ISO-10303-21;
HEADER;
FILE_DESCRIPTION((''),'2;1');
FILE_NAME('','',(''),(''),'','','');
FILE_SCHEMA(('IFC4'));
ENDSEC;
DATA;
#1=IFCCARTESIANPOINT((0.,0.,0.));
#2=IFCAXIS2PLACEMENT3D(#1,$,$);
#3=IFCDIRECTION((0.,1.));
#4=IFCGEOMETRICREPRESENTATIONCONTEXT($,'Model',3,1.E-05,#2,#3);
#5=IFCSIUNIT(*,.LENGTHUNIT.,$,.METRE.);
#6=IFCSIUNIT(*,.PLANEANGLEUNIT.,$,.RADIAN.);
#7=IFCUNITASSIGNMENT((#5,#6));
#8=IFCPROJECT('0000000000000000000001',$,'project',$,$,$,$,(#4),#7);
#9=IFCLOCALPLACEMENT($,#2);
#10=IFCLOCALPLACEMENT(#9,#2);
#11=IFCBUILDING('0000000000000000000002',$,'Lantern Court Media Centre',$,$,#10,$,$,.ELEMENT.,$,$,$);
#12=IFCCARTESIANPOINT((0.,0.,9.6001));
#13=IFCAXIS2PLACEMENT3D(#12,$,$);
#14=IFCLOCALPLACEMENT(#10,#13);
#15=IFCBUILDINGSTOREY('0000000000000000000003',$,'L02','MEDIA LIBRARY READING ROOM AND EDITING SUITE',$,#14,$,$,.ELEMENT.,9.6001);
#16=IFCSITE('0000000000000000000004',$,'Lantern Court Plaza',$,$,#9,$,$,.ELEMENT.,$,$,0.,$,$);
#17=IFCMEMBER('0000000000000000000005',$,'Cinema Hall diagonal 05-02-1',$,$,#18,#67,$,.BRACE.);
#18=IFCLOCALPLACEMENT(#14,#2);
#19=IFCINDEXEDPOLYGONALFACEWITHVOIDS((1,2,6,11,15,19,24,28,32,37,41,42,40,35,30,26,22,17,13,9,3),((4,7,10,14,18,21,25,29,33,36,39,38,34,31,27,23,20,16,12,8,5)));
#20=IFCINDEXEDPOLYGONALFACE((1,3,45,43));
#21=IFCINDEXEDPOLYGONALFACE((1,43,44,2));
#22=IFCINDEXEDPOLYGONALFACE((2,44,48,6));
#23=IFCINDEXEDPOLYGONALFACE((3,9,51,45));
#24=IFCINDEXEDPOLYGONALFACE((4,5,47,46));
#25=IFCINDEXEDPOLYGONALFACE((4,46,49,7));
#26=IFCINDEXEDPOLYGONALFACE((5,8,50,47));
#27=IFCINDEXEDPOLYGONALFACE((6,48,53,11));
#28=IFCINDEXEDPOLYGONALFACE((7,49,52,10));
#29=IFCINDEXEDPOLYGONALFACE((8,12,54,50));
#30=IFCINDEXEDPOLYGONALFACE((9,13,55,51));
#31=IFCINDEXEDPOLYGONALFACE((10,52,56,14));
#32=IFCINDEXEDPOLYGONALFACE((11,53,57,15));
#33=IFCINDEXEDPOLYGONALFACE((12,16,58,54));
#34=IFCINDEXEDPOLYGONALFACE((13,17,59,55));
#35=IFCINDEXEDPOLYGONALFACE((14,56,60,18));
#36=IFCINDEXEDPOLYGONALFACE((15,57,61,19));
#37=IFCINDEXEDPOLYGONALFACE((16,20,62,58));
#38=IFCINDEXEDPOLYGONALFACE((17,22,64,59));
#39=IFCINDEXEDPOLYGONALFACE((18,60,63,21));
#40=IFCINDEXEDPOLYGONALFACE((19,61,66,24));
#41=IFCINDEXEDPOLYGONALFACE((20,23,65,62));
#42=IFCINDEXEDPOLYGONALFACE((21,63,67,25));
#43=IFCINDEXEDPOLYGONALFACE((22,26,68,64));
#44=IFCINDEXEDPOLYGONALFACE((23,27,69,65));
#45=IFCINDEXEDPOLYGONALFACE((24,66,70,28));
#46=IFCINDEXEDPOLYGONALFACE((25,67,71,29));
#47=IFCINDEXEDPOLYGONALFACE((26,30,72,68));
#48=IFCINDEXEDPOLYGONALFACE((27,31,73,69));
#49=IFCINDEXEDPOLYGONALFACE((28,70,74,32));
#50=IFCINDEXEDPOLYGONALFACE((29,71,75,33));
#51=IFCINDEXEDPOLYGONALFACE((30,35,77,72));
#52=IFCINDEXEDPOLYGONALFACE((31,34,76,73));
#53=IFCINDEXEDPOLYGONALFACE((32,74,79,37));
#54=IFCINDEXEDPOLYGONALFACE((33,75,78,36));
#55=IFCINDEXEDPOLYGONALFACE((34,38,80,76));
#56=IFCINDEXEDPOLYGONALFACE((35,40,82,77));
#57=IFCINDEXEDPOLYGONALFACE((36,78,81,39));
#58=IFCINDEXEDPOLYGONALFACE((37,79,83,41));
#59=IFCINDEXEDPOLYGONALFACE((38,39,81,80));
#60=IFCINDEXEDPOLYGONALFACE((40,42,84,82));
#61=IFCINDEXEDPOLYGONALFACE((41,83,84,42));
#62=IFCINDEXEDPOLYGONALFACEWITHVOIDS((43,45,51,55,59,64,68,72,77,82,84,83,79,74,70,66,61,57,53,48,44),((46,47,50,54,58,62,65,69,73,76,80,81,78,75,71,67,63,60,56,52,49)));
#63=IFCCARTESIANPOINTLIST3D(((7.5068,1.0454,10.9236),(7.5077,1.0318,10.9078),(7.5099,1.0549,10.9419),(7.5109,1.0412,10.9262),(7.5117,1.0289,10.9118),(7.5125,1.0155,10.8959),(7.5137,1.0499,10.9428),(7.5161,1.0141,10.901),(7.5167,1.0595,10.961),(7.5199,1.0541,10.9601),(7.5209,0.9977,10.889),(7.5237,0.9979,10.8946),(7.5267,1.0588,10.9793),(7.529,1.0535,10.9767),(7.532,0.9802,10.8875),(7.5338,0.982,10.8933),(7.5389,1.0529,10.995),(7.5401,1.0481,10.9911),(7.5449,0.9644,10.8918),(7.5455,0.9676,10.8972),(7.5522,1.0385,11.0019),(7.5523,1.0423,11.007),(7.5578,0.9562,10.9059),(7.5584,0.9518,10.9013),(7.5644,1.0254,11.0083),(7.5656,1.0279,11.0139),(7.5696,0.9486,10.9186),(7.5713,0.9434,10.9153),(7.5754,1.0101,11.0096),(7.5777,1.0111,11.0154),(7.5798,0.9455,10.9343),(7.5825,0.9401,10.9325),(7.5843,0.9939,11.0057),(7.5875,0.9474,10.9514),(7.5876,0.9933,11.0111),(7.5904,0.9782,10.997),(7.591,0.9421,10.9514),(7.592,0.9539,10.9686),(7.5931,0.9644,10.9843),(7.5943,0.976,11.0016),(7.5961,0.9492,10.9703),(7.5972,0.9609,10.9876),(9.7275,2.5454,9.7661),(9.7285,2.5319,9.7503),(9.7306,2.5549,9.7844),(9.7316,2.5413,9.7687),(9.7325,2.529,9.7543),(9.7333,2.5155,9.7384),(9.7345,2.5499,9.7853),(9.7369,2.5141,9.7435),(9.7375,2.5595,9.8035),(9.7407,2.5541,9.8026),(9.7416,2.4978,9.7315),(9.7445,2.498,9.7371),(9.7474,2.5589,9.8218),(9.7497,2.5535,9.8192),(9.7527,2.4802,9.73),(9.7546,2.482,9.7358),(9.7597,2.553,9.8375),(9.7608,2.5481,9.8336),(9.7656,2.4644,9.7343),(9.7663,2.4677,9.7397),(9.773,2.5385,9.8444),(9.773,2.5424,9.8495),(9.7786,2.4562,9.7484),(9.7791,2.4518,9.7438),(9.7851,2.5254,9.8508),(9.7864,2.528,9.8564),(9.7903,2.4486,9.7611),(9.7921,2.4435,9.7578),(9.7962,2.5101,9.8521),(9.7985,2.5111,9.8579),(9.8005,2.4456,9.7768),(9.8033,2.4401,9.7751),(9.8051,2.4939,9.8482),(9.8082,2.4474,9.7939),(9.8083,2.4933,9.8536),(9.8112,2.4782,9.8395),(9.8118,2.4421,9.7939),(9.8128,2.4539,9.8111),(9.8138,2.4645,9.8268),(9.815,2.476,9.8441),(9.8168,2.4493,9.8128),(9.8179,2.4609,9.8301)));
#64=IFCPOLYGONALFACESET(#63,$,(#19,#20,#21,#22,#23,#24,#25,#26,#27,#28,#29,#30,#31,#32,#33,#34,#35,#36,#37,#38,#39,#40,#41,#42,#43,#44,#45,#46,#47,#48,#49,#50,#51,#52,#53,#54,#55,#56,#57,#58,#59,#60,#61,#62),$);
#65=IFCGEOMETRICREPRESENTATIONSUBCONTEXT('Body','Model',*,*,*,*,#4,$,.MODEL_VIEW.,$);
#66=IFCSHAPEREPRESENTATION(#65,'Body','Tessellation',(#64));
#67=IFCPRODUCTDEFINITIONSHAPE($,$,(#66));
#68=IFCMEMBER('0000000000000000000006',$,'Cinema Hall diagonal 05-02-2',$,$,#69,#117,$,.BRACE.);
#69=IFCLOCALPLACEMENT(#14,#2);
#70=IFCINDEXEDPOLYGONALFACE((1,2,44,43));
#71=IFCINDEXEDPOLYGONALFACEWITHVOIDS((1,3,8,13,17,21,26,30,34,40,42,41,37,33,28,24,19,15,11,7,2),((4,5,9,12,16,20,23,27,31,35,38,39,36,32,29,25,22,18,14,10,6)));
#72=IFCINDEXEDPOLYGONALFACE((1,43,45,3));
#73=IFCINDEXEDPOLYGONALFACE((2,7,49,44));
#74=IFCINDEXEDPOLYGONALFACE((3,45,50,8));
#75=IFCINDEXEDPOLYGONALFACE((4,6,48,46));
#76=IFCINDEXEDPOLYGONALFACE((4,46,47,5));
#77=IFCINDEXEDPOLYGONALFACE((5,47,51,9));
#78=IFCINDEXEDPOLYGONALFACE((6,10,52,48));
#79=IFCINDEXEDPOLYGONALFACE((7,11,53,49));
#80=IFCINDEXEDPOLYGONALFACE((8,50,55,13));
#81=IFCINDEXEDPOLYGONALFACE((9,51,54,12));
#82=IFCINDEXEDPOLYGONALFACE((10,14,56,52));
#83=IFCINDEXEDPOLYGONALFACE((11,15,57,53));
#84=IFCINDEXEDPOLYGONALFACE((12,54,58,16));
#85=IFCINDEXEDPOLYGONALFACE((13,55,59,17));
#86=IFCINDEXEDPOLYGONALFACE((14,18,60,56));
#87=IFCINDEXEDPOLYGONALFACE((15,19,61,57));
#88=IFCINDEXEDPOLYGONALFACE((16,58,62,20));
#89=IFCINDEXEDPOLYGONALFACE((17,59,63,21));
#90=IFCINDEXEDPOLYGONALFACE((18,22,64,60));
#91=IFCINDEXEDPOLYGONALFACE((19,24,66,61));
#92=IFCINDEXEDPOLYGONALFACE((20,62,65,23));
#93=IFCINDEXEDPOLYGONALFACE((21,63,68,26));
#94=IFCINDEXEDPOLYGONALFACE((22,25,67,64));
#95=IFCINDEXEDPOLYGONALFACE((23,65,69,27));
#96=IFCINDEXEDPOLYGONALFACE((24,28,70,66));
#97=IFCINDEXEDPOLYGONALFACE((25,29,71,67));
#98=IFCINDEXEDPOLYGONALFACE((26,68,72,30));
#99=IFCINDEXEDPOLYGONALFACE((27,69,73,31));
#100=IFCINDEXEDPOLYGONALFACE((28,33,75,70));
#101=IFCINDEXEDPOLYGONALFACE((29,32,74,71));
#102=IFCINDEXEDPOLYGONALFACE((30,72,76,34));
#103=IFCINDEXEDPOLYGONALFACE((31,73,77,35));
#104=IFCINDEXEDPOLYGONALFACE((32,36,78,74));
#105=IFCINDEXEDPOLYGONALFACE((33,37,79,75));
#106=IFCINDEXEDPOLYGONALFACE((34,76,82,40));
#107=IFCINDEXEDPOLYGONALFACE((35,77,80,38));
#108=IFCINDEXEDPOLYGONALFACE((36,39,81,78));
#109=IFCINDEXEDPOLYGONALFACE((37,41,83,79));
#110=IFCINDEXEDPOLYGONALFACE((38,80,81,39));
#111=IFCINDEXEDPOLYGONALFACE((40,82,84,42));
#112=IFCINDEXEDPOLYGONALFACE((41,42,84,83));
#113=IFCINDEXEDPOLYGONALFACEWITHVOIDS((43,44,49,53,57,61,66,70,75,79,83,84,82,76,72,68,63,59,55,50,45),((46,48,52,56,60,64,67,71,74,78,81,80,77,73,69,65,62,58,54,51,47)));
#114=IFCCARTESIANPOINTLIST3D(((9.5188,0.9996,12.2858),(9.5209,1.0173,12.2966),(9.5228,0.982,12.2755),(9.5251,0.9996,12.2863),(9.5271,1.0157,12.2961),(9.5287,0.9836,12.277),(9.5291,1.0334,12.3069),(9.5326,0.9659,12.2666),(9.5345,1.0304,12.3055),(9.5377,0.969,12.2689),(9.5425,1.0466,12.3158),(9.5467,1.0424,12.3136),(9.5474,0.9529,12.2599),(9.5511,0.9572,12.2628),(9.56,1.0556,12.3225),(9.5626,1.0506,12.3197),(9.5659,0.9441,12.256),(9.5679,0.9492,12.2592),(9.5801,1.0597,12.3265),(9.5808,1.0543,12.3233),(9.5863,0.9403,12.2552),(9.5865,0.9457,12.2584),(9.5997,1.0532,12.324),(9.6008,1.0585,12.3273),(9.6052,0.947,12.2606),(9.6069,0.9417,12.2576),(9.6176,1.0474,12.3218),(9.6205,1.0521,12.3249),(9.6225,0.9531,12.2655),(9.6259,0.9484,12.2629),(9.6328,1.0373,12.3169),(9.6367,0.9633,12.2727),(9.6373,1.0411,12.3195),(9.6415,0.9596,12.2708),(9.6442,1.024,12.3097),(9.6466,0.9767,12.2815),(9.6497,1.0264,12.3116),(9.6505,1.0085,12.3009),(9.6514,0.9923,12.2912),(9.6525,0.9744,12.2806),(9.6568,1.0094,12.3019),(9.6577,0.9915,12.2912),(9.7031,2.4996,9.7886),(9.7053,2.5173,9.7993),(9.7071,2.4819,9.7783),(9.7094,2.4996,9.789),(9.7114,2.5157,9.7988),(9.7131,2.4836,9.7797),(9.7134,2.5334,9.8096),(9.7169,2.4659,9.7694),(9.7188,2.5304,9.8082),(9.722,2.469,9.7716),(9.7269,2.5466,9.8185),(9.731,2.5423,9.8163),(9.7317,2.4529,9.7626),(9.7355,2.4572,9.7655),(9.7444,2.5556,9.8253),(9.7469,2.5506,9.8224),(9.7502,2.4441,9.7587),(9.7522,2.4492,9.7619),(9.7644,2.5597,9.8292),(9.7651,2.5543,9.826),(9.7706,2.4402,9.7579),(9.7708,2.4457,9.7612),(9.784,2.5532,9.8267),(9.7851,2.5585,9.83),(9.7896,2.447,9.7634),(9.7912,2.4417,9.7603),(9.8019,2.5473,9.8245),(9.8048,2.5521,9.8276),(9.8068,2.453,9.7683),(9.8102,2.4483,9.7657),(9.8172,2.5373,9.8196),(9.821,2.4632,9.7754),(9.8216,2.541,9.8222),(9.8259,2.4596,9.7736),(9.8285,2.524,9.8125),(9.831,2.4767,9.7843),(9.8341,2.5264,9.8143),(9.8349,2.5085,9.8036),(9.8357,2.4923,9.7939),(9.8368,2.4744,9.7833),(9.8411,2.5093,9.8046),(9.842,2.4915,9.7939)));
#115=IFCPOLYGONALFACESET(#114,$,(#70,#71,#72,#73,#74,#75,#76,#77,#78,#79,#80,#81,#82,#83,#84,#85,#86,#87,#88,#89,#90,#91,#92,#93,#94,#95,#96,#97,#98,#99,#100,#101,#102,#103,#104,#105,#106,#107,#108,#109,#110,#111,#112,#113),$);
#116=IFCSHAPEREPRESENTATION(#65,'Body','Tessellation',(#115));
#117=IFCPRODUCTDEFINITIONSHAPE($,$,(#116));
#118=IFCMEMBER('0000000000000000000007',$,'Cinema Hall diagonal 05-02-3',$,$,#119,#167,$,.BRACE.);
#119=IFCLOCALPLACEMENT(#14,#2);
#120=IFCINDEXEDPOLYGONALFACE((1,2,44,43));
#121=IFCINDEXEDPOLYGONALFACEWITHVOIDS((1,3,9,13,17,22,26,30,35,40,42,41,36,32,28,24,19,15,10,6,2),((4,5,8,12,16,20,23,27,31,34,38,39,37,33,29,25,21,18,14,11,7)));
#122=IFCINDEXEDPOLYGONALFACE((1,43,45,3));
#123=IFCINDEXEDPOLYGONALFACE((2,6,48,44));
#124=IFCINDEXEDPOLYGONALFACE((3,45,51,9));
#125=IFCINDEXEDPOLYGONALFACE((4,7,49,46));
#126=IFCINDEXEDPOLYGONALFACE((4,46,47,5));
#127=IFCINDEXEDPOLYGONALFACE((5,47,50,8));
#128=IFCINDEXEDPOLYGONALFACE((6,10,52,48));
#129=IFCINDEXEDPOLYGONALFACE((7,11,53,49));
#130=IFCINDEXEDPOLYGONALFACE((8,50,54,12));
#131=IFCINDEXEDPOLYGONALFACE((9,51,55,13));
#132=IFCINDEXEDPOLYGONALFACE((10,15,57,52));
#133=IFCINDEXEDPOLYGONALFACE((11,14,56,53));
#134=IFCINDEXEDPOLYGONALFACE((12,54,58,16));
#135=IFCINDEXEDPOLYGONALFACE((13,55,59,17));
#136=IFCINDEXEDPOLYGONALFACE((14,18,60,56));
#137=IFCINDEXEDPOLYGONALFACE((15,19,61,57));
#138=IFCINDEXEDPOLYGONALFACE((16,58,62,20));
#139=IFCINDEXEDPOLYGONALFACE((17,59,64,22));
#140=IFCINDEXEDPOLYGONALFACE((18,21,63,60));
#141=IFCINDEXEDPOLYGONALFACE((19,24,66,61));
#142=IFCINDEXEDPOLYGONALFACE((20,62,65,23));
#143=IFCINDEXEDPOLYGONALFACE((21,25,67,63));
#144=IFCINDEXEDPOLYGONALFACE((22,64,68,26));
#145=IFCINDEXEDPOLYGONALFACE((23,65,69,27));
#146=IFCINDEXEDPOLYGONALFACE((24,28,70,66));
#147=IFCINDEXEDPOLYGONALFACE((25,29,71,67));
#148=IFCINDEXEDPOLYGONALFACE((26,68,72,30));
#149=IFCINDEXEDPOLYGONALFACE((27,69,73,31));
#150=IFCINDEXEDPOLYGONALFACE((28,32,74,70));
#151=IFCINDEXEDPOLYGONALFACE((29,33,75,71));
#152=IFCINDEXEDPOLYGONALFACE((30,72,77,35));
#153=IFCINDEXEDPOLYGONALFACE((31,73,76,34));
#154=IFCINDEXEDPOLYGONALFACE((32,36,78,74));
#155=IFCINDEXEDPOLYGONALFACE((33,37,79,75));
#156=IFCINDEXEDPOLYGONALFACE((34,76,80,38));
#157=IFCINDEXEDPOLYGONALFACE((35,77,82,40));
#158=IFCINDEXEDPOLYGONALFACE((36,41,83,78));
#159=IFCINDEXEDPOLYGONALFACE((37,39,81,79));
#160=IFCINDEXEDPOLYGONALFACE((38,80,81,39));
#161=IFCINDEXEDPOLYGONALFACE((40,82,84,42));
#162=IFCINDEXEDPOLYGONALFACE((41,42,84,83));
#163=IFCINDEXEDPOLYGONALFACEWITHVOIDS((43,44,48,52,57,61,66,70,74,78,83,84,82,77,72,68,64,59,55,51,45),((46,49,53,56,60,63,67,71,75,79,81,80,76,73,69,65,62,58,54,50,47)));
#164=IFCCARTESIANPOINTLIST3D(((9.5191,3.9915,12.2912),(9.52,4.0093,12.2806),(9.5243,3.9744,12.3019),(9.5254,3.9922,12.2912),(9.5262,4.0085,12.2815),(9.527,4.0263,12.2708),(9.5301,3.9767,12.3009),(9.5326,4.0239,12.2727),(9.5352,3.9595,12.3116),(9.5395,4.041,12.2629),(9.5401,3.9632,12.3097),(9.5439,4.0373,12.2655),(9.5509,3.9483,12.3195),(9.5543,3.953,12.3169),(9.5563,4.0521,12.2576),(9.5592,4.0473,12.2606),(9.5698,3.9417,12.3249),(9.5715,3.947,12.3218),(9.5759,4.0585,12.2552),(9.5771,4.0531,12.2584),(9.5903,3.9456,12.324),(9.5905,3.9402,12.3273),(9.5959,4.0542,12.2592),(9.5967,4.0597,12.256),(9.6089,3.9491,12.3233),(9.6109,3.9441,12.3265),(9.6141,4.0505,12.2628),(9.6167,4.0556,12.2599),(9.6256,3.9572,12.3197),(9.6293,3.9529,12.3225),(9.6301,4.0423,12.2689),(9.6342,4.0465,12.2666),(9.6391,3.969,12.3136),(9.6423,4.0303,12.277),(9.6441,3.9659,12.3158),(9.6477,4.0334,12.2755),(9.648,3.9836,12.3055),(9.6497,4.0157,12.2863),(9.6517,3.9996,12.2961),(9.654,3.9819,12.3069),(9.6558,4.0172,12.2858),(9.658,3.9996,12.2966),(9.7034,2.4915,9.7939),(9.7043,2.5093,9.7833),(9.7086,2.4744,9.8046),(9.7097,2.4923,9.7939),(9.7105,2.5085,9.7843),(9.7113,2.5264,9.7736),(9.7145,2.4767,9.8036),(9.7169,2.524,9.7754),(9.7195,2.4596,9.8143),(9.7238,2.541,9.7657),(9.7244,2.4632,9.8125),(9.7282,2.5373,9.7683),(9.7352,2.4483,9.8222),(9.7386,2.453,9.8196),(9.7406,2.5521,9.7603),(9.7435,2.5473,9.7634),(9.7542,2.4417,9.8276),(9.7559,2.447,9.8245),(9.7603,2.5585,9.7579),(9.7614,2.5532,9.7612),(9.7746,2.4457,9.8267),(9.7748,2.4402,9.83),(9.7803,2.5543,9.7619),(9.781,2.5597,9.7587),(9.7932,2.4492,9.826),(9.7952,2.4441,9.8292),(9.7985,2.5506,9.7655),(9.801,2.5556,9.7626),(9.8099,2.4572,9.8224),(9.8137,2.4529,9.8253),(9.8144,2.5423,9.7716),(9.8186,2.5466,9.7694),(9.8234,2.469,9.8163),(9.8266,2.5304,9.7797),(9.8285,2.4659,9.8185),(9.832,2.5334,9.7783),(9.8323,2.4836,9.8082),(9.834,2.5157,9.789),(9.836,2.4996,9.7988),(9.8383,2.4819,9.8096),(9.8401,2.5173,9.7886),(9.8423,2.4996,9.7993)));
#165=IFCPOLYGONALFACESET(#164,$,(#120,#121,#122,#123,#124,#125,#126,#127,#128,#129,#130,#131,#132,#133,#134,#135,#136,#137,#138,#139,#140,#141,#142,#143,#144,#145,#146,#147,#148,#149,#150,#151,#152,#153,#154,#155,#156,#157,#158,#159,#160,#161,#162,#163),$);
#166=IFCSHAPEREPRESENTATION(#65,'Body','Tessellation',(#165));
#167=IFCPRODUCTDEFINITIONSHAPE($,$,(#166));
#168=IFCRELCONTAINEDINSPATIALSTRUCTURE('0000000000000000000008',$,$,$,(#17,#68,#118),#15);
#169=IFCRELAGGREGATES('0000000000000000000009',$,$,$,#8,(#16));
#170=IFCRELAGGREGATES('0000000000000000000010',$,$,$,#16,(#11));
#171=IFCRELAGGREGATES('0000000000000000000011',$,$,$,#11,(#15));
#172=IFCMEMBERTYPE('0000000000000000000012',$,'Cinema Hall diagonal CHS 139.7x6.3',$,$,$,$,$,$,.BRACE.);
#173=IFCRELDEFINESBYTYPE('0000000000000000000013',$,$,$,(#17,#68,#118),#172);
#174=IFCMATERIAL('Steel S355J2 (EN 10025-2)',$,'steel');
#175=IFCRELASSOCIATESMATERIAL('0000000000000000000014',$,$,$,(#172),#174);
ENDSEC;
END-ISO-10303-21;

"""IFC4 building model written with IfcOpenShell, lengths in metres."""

from ifc_helpers import new_model, si_unit, direction, frame, origin, origin_2d, place, context, subcontext, project, spatial, hollow_circle, extrude, material, material_profile, profile_set, type_object, element, save


model = new_model("IFC4")

# Units and contexts
model_context = context("Model", 3, precision=1e-05, world=origin(), true_north=direction((0.0, 1.0)))
body_context = subcontext(model_context, "Body", "Model", "MODEL_VIEW")
ifc_project = project(units=[si_unit("LENGTHUNIT", "METRE"), si_unit("PLANEANGLEUNIT", "RADIAN")], contexts=[model_context])

# Site, building, storey
site_placement = place(None, origin())
site = spatial("IfcSite", under=ifc_project, at=site_placement, Name="Lantern Court Plaza", CompositionType="ELEMENT", RefElevation=0.0)
building_placement = place(site_placement, origin())
building = spatial("IfcBuilding", under=site, at=building_placement, Name="Lantern Court Media Centre", CompositionType="ELEMENT")
storey_placement = place(building_placement, frame((0.0, 0.0, 9.6001)))
storey = spatial("IfcBuildingStorey", under=building, at=storey_placement, Name="L02", Description="MEDIA LIBRARY READING ROOM AND EDITING SUITE", CompositionType="ELEMENT", Elevation=9.6001)

# Members
ifc_material = material(Name="Steel S355J2 (EN 10025-2)", Category="steel")
ifc_material_profile_1 = material_profile(ifc_material, hollow_circle(Radius=0.0698, WallThickness=0.0063, at=origin_2d()), Name="Cinema Hall diagonal CHS 139.7x6.3")
ifc_profile_set_1 = profile_set([ifc_material_profile_1], Name="Steel S355J2 (EN 10025-2)")
member_type_1 = type_object("IfcMemberType", Name="Cinema Hall diagonal CHS 139.7x6.3", PredefinedType="BRACE", material=ifc_profile_set_1)
for number, where, z_axis, x_axis, name in (
    (1, (9.7727, 2.5, 9.7939), (-0.760744, -0.513854, 0.396514), (0.559736, -0.828671, 0.0), "Cinema Hall diagonal 05-02-1"),
):
    element("IfcMember", number, at=place(storey_placement, frame(where, z_axis=z_axis, x_axis=x_axis)), inside=storey, type_object=member_type_1, Name=name, PredefinedType="BRACE", context=body_context, shape_type="SweptSolid", body=[
        extrude(hollow_circle(Radius=0.0698, WallThickness=0.0063, at=origin_2d()), origin(), (0.0, 0.0, 1.0), 2.9192),
    ])
for number, where, z_axis, x_axis, name in (
    (2, (9.7727, 2.5, 9.7939), (-0.063147, -0.513875, 0.855538), (0.992534, -0.121967, 0.0), "Cinema Hall diagonal 05-02-2"),
    (3, (9.7727, 2.5, 9.7939), (-0.063147, 0.513875, 0.855538), (-0.992534, -0.121967, 0.0), "Cinema Hall diagonal 05-02-3"),
):
    element("IfcMember", number, at=place(storey_placement, frame(where, z_axis=z_axis, x_axis=x_axis)), inside=storey, type_object=member_type_1, Name=name, PredefinedType="BRACE", context=body_context, shape_type="SweptSolid", body=[
        extrude(hollow_circle(Radius=0.0698, WallThickness=0.0063, at=origin_2d()), origin(), (0.0, 0.0, 1.0), 2.9189),
    ])

save(model, "model.ifc")
